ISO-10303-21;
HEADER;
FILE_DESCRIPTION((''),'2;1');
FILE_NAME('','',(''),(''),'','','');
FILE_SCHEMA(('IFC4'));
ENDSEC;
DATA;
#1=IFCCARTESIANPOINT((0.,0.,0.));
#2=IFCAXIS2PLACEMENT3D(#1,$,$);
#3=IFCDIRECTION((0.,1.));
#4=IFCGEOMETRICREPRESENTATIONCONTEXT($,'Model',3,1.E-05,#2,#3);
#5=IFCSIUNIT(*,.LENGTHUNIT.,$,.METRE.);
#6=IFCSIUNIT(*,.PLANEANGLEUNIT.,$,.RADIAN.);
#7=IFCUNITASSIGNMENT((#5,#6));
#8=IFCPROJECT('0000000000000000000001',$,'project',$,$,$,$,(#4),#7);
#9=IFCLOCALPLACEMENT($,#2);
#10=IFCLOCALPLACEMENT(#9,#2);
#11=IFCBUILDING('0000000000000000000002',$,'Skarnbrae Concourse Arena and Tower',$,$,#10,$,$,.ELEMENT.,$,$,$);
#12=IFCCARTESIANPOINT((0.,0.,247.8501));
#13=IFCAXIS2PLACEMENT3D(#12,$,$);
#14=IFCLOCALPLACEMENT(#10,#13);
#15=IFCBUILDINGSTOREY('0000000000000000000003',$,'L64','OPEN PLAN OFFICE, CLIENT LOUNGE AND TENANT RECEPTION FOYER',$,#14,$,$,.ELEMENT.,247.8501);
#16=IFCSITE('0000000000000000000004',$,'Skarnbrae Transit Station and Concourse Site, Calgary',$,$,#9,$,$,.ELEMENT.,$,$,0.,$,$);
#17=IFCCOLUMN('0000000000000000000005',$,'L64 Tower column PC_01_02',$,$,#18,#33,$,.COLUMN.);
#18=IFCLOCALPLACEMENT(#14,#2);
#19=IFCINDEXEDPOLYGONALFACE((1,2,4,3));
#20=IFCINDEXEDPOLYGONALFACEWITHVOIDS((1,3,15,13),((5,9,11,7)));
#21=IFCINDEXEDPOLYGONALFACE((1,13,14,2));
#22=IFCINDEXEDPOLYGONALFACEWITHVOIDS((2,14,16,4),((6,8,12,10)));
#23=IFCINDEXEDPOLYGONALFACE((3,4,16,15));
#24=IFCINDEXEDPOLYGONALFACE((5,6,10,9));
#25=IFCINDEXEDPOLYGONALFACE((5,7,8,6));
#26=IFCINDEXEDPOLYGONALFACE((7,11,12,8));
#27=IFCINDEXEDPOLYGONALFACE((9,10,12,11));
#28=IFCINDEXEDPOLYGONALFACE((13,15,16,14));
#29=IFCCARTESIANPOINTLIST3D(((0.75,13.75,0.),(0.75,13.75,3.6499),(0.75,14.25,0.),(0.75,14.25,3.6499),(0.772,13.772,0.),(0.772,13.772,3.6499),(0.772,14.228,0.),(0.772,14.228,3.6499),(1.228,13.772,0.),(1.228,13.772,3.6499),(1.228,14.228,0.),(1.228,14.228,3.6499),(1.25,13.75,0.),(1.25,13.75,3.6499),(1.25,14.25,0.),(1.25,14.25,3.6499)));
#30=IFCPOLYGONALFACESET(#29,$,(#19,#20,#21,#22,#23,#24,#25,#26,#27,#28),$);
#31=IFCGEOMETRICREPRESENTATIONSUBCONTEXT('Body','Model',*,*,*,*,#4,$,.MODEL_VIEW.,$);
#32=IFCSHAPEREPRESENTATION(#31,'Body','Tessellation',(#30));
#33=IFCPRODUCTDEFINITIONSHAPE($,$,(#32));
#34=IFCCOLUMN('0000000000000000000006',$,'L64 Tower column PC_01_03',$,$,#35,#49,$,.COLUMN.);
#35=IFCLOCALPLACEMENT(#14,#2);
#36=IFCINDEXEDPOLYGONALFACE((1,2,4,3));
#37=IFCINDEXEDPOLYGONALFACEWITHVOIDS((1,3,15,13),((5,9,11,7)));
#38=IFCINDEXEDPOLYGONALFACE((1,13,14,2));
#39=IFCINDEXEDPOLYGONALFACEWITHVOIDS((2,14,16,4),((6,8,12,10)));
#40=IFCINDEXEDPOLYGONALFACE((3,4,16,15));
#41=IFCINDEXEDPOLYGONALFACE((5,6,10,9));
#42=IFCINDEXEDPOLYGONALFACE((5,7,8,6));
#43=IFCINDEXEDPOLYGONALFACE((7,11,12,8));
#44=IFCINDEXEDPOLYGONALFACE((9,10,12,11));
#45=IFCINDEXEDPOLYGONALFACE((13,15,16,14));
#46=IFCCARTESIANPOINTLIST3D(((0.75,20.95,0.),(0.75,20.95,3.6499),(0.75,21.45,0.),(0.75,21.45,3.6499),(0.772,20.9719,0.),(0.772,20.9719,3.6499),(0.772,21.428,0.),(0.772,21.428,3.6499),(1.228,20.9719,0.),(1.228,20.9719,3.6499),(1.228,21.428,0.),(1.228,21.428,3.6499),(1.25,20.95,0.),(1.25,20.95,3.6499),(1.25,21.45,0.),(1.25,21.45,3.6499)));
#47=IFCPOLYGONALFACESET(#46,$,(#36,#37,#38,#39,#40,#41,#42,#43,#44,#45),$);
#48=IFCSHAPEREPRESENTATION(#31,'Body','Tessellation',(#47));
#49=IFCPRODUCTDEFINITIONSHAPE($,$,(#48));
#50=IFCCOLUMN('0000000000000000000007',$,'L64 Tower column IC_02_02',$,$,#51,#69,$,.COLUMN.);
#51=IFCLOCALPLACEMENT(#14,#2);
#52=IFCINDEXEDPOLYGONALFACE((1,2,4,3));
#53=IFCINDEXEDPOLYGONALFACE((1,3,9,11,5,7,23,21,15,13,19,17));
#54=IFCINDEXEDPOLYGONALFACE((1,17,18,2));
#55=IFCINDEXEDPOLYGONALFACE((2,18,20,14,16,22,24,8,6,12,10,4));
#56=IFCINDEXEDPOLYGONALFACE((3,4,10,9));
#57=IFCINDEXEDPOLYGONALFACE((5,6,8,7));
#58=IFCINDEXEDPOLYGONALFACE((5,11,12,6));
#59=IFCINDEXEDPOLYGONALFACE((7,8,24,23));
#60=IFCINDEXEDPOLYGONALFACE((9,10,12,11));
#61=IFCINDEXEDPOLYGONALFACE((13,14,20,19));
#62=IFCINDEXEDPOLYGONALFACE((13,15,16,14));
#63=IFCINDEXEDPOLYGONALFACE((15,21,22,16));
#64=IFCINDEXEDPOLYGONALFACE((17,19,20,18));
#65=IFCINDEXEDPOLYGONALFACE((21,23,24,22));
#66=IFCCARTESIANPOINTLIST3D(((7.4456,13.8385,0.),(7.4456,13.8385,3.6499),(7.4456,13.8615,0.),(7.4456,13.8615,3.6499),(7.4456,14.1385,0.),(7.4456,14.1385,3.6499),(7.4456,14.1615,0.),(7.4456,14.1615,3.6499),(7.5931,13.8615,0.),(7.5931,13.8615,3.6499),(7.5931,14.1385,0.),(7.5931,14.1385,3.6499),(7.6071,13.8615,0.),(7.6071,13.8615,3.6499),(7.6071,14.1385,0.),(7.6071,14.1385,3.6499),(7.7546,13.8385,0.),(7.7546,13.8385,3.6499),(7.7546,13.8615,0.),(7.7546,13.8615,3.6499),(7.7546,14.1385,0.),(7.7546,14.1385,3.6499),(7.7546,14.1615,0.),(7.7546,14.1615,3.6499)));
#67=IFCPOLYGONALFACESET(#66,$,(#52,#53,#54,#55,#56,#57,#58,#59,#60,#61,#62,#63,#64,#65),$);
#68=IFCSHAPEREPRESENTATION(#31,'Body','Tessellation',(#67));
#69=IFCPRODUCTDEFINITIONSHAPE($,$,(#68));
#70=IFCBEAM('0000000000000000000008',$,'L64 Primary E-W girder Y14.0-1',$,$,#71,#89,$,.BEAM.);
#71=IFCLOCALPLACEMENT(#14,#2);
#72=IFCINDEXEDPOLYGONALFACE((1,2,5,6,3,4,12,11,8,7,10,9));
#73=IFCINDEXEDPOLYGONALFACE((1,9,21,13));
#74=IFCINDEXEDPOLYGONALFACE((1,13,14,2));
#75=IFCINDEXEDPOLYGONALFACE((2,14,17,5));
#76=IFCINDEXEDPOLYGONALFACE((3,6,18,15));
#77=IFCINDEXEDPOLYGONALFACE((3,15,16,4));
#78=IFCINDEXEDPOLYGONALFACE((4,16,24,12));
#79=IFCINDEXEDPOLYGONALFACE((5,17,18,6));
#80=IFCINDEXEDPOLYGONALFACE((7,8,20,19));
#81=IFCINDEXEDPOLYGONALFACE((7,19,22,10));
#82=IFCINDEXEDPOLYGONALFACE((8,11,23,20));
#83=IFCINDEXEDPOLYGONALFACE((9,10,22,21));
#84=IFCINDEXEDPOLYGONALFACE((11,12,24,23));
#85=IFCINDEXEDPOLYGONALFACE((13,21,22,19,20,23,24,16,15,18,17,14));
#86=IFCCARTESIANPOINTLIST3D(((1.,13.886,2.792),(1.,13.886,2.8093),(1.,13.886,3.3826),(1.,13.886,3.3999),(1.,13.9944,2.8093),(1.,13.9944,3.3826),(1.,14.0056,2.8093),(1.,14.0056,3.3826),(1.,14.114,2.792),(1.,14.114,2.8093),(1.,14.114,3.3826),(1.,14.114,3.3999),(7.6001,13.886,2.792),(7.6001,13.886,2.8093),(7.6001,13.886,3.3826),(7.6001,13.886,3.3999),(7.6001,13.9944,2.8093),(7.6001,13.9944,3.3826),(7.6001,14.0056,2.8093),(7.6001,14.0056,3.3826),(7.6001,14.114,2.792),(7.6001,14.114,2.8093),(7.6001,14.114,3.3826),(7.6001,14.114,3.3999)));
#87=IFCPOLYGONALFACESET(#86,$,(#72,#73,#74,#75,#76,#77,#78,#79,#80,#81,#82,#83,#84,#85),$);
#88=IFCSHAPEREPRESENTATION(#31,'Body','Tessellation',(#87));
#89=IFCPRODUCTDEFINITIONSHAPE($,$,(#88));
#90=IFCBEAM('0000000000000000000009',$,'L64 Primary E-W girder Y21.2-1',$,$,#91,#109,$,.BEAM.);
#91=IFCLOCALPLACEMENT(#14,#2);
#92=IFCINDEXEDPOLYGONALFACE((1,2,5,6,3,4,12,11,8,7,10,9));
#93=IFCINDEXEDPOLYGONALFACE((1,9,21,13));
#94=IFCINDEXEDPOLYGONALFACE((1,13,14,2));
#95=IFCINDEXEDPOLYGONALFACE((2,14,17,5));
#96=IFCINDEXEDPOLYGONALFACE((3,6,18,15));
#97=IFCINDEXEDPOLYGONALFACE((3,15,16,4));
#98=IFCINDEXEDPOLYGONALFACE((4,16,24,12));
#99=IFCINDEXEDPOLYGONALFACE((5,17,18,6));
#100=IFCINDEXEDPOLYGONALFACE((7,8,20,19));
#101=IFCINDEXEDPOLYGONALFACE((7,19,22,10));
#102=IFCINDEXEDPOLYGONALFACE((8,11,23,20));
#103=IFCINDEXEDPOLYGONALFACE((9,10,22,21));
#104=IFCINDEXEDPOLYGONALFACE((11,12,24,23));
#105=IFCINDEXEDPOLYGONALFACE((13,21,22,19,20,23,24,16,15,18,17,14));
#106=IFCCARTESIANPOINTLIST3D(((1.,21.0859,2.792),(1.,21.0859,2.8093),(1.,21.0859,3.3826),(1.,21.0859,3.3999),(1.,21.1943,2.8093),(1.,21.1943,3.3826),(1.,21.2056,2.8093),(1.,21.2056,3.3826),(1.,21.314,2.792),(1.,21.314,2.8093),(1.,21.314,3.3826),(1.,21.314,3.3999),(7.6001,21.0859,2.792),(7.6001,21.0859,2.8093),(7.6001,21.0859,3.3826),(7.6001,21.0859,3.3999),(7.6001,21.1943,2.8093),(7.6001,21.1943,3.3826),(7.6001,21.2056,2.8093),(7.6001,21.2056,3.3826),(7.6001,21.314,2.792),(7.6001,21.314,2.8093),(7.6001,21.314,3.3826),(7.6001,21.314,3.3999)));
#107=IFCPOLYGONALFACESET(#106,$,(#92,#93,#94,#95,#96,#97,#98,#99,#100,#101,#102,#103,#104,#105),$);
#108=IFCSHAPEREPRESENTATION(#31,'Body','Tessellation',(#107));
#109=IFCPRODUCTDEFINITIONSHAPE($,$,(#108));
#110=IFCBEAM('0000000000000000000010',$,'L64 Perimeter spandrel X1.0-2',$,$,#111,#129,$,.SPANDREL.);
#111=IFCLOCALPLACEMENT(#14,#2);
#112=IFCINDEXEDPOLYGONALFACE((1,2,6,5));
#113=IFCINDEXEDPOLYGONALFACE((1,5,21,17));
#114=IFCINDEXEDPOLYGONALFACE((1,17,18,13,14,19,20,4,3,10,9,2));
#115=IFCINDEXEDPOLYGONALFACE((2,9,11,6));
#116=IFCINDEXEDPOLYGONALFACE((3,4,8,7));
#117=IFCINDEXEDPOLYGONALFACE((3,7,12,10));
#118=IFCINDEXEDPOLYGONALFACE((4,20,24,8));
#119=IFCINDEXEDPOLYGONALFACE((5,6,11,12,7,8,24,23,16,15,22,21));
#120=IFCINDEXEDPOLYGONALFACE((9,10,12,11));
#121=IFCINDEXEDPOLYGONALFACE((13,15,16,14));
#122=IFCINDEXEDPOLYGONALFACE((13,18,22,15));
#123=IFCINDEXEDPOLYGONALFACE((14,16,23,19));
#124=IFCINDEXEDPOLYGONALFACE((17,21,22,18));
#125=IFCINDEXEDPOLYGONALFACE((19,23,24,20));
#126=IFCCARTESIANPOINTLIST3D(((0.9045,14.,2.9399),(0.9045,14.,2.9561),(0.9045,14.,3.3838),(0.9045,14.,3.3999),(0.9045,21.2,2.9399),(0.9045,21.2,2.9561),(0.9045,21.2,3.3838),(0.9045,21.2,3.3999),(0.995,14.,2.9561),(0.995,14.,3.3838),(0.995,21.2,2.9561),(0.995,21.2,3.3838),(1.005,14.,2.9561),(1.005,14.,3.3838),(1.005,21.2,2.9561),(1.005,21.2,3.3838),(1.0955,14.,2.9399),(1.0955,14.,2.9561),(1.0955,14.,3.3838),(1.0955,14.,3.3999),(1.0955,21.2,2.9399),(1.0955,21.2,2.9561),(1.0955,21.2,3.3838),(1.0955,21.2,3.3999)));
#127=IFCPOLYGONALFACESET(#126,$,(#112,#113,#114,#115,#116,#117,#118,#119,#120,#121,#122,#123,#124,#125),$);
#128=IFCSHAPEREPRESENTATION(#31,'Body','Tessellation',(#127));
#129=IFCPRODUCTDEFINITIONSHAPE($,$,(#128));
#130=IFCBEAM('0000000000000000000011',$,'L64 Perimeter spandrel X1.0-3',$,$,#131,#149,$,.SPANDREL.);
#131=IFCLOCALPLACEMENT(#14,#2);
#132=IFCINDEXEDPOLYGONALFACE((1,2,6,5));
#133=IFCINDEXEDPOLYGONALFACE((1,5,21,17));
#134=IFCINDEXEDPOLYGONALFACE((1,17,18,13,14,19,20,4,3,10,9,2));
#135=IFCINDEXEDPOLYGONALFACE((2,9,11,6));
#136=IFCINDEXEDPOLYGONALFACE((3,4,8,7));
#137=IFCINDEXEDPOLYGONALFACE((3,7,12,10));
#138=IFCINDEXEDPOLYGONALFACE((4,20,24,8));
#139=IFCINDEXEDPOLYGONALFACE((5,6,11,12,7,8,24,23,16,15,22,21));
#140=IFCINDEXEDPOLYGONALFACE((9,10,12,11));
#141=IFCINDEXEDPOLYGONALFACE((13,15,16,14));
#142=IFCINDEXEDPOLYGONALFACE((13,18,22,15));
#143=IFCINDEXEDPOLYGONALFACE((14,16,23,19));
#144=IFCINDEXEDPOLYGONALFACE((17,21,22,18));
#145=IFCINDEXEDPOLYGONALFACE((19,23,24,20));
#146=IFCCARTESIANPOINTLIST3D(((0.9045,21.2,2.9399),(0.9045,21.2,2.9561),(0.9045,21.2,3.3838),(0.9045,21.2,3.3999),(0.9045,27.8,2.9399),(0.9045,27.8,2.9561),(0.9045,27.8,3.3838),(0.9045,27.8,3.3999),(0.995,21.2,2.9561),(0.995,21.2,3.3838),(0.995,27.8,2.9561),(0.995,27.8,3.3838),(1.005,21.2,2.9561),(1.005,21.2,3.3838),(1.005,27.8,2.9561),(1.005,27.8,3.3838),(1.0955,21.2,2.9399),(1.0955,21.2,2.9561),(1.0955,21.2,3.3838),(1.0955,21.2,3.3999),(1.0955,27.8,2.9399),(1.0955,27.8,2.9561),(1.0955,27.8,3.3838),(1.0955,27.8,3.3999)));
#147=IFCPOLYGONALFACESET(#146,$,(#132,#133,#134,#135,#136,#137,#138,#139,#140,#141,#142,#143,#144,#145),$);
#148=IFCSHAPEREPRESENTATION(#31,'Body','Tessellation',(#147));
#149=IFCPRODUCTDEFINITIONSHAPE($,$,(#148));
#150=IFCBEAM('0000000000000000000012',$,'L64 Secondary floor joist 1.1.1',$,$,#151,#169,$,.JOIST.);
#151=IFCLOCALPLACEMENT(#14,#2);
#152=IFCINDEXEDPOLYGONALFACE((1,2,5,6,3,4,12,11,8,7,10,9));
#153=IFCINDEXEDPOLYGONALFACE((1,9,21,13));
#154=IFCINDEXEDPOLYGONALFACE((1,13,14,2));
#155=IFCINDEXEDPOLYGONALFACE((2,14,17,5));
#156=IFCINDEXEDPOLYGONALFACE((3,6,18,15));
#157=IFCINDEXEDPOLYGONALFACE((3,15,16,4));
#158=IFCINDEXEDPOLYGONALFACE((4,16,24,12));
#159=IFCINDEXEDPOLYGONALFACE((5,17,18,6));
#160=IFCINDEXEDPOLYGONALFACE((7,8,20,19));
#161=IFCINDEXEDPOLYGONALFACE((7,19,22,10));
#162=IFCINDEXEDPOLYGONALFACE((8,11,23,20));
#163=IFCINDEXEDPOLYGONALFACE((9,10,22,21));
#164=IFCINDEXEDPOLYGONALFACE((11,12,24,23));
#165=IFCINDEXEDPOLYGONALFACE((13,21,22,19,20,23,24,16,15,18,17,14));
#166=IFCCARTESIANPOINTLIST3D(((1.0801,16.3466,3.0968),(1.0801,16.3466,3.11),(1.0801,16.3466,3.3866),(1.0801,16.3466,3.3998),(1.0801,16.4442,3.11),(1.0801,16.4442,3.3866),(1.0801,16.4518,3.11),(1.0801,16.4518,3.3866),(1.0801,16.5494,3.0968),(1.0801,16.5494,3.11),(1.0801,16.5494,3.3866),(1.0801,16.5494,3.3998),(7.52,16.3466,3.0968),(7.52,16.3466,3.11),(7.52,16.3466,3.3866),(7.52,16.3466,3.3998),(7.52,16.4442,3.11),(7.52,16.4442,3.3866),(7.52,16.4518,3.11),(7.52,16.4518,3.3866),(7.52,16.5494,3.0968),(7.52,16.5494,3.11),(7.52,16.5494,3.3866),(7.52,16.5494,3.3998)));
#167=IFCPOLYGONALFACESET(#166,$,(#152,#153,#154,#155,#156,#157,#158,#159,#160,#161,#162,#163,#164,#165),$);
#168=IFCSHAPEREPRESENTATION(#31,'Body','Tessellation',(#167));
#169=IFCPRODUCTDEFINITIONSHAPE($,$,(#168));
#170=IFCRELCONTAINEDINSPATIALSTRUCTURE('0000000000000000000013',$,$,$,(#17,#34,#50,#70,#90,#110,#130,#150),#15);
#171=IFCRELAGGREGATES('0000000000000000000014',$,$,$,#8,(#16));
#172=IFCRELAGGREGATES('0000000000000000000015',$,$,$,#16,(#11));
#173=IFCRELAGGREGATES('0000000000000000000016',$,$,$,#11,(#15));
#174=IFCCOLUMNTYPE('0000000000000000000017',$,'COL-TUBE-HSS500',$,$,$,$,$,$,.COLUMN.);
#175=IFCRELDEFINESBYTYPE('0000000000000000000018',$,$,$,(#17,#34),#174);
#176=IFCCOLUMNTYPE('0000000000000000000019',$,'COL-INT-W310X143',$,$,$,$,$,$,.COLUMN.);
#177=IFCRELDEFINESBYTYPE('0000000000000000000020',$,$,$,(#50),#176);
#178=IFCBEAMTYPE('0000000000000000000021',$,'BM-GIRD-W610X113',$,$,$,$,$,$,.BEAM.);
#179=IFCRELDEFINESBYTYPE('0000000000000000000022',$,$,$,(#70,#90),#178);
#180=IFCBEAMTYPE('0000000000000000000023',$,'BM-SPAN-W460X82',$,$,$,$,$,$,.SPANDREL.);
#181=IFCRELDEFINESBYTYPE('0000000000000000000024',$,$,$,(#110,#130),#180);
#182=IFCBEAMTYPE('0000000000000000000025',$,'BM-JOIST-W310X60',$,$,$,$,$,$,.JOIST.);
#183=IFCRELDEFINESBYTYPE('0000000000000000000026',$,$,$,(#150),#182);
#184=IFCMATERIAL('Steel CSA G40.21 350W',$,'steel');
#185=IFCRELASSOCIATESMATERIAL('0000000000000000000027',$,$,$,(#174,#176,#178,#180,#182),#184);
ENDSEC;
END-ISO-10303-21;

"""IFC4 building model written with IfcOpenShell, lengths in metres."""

from ifc_helpers import new_model, si_unit, direction, frame, origin, origin_2d, place, context, subcontext, project, spatial, hollow_rectangle, i_section, extrude, source, transform, mapped, material, material_profile, profile_set, type_object, element, save


model = new_model("IFC4")

# Units and contexts
model_context = context("Model", 3, precision=1e-05, world=origin(), true_north=direction((0.0, 1.0)))
body_context = subcontext(model_context, "Body", "Model", "MODEL_VIEW")
ifc_project = project(units=[si_unit("LENGTHUNIT", "METRE"), si_unit("PLANEANGLEUNIT", "RADIAN")], contexts=[model_context])

# Site, building, storey
site_placement = place(None, origin())
site = spatial("IfcSite", under=ifc_project, at=site_placement, Name="Skarnbrae Transit Station and Concourse Site, Calgary", CompositionType="ELEMENT", RefElevation=0.0)
building_placement = place(site_placement, origin())
building = spatial("IfcBuilding", under=site, at=building_placement, Name="Skarnbrae Concourse Arena and Tower", CompositionType="ELEMENT")
storey_placement = place(building_placement, frame((0.0, 0.0, 247.8501)))
storey = spatial("IfcBuildingStorey", under=building, at=storey_placement, Name="L64", Description="OPEN PLAN OFFICE, CLIENT LOUNGE AND TENANT RECEPTION FOYER", CompositionType="ELEMENT", Elevation=247.8501)

# Columns
ifc_material_1 = material(Name="Steel CSA G40.21 350W", Category="steel")
ifc_material_profile_1 = material_profile(ifc_material_1, hollow_rectangle(XDim=0.5, YDim=0.5, WallThickness=0.022, at=origin_2d()), Name="HSS500X500X22.0")
ifc_profile_set_1 = profile_set([ifc_material_profile_1], Name="Steel CSA G40.21 350W")
column_type_1 = type_object("IfcColumnType", Name="COL-TUBE-HSS500", PredefinedType="COLUMN", material=ifc_profile_set_1)
shared_shape_1 = source(origin(), body_context, "Body", "SweptSolid", [
    extrude(hollow_rectangle(XDim=0.5, YDim=0.5, WallThickness=0.022, at=origin_2d()), origin(), (0.0, 0.0, 1.0), 3.6499),
])
for number, where, z_axis, x_axis, name in (
    (1, (1.0, 14.0, 0.0), (0.0, 0.0, 1.0), (1.0, 0.0, 0.0), "L64 Tower column PC_01_02"),
    (2, (1.0, 21.2, 0.0), (0.0, 0.0, 1.0), (1.0, 0.0, 0.0), "L64 Tower column PC_01_03"),
):
    element("IfcColumn", number, at=place(storey_placement, frame(where, z_axis=z_axis, x_axis=x_axis)), inside=storey, type_object=column_type_1, Name=name, PredefinedType="COLUMN", context=body_context, shape_type="MappedRepresentation", body=[
        mapped(shared_shape_1, transform((0.0, 0.0, 0.0))),
    ])
ifc_material_profile_2 = material_profile(ifc_material_1, i_section(OverallWidth=0.3091, OverallDepth=0.323, WebThickness=0.0139, FlangeThickness=0.0229, at=origin_2d()), Name="W310X143")
ifc_profile_set_2 = profile_set([ifc_material_profile_2], Name="Steel CSA G40.21 350W")
column_type_2 = type_object("IfcColumnType", Name="COL-INT-W310X143", PredefinedType="COLUMN", material=ifc_profile_set_2)
shared_shape_2 = source(origin(), body_context, "Body", "SweptSolid", [
    extrude(i_section(OverallWidth=0.3091, OverallDepth=0.323, WebThickness=0.0139, FlangeThickness=0.0229, at=origin_2d()), origin(), (0.0, 0.0, 1.0), 3.6499),
])
column_placement = place(storey_placement, frame((7.6001, 14.0, 0.0), z_axis=(0.0, 0.0, 1.0), x_axis=(1.0, 0.0, 0.0)))
element("IfcColumn", 3, at=column_placement, inside=storey, type_object=column_type_2, Name="L64 Tower column IC_02_02", PredefinedType="COLUMN", context=body_context, shape_type="MappedRepresentation", body=[
    mapped(shared_shape_2, transform((0.0, 0.0, 0.0))),
])

# Beams
ifc_material_profile_3 = material_profile(ifc_material_1, i_section(OverallWidth=0.228, OverallDepth=0.6079, WebThickness=0.0112, FlangeThickness=0.0173, at=origin_2d()), Name="W610X113")
ifc_profile_set_3 = profile_set([ifc_material_profile_3], Name="Steel CSA G40.21 350W")
beam_type_1 = type_object("IfcBeamType", Name="BM-GIRD-W610X113", PredefinedType="BEAM", material=ifc_profile_set_3)
shared_shape_3 = source(origin(), body_context, "Body", "SweptSolid", [
    extrude(i_section(OverallWidth=0.228, OverallDepth=0.6079, WebThickness=0.0112, FlangeThickness=0.0173, at=origin_2d()), origin(), (0.0, 0.0, 1.0), 6.6001),
])
for number, where, z_axis, x_axis, name in (
    (4, (1.0, 14.0, 3.0959), (1.0, 0.0, 0.0), (0.0, 1.0, 0.0), "L64 Primary E-W girder Y14.0-1"),
    (5, (1.0, 21.2, 3.0959), (1.0, 0.0, 0.0), (0.0, 1.0, 0.0), "L64 Primary E-W girder Y21.2-1"),
):
    element("IfcBeam", number, at=place(storey_placement, frame(where, z_axis=z_axis, x_axis=x_axis)), inside=storey, type_object=beam_type_1, Name=name, PredefinedType="BEAM", context=body_context, shape_type="MappedRepresentation", body=[
        mapped(shared_shape_3, transform((0.0, 0.0, 0.0))),
    ])
ifc_material_profile_4 = material_profile(ifc_material_1, i_section(OverallWidth=0.1909, OverallDepth=0.46, WebThickness=0.01, FlangeThickness=0.0161, at=origin_2d()), Name="W460X82")
ifc_profile_set_4 = profile_set([ifc_material_profile_4], Name="Steel CSA G40.21 350W")
beam_type_2 = type_object("IfcBeamType", Name="BM-SPAN-W460X82", PredefinedType="SPANDREL", material=ifc_profile_set_4)
shared_shape_4 = source(origin(), body_context, "Body", "SweptSolid", [
    extrude(i_section(OverallWidth=0.1909, OverallDepth=0.46, WebThickness=0.01, FlangeThickness=0.0161, at=origin_2d()), origin(), (0.0, 0.0, 1.0), 7.2),
])
beam_1_placement = place(storey_placement, frame((1.0, 14.0, 3.1699), z_axis=(0.0, 1.0, 0.0), x_axis=(-1.0, 0.0, 0.0)))
element("IfcBeam", 6, at=beam_1_placement, inside=storey, type_object=beam_type_2, Name="L64 Perimeter spandrel X1.0-2", PredefinedType="SPANDREL", context=body_context, shape_type="MappedRepresentation", body=[
    mapped(shared_shape_4, transform((0.0, 0.0, 0.0))),
])
shared_shape_5 = source(origin(), body_context, "Body", "SweptSolid", [
    extrude(i_section(OverallWidth=0.1909, OverallDepth=0.46, WebThickness=0.01, FlangeThickness=0.0161, at=origin_2d()), origin(), (0.0, 0.0, 1.0), 6.6001),
])
beam_2_placement = place(storey_placement, frame((1.0, 21.2, 3.1699), z_axis=(0.0, 1.0, 0.0), x_axis=(-1.0, 0.0, 0.0)))
element("IfcBeam", 7, at=beam_2_placement, inside=storey, type_object=beam_type_2, Name="L64 Perimeter spandrel X1.0-3", PredefinedType="SPANDREL", context=body_context, shape_type="MappedRepresentation", body=[
    mapped(shared_shape_5, transform((0.0, 0.0, 0.0))),
])
ifc_material_profile_5 = material_profile(ifc_material_1, i_section(OverallWidth=0.2029, OverallDepth=0.303, WebThickness=0.0076, FlangeThickness=0.0132, at=origin_2d()), Name="W310X60")
ifc_profile_set_5 = profile_set([ifc_material_profile_5], Name="Steel CSA G40.21 350W")
beam_type_3 = type_object("IfcBeamType", Name="BM-JOIST-W310X60", PredefinedType="JOIST", material=ifc_profile_set_5)
shared_shape_6 = source(origin(), body_context, "Body", "SweptSolid", [
    extrude(i_section(OverallWidth=0.2029, OverallDepth=0.303, WebThickness=0.0076, FlangeThickness=0.0132, at=origin_2d()), origin(), (0.0, 0.0, 1.0), 6.4399),
])
for number, where, z_axis, x_axis, name in (
    (8, (1.0801, 16.448, 3.2483), (1.0, 0.0, 0.0), (0.0, 1.0, 0.0), "L64 Secondary floor joist 1.1.1"),
):
    element("IfcBeam", number, at=place(storey_placement, frame(where, z_axis=z_axis, x_axis=x_axis)), inside=storey, type_object=beam_type_3, Name=name, PredefinedType="JOIST", context=body_context, shape_type="MappedRepresentation", body=[
        mapped(shared_shape_6, transform((0.0, 0.0, 0.0))),
    ])

save(model, "model.ifc")
